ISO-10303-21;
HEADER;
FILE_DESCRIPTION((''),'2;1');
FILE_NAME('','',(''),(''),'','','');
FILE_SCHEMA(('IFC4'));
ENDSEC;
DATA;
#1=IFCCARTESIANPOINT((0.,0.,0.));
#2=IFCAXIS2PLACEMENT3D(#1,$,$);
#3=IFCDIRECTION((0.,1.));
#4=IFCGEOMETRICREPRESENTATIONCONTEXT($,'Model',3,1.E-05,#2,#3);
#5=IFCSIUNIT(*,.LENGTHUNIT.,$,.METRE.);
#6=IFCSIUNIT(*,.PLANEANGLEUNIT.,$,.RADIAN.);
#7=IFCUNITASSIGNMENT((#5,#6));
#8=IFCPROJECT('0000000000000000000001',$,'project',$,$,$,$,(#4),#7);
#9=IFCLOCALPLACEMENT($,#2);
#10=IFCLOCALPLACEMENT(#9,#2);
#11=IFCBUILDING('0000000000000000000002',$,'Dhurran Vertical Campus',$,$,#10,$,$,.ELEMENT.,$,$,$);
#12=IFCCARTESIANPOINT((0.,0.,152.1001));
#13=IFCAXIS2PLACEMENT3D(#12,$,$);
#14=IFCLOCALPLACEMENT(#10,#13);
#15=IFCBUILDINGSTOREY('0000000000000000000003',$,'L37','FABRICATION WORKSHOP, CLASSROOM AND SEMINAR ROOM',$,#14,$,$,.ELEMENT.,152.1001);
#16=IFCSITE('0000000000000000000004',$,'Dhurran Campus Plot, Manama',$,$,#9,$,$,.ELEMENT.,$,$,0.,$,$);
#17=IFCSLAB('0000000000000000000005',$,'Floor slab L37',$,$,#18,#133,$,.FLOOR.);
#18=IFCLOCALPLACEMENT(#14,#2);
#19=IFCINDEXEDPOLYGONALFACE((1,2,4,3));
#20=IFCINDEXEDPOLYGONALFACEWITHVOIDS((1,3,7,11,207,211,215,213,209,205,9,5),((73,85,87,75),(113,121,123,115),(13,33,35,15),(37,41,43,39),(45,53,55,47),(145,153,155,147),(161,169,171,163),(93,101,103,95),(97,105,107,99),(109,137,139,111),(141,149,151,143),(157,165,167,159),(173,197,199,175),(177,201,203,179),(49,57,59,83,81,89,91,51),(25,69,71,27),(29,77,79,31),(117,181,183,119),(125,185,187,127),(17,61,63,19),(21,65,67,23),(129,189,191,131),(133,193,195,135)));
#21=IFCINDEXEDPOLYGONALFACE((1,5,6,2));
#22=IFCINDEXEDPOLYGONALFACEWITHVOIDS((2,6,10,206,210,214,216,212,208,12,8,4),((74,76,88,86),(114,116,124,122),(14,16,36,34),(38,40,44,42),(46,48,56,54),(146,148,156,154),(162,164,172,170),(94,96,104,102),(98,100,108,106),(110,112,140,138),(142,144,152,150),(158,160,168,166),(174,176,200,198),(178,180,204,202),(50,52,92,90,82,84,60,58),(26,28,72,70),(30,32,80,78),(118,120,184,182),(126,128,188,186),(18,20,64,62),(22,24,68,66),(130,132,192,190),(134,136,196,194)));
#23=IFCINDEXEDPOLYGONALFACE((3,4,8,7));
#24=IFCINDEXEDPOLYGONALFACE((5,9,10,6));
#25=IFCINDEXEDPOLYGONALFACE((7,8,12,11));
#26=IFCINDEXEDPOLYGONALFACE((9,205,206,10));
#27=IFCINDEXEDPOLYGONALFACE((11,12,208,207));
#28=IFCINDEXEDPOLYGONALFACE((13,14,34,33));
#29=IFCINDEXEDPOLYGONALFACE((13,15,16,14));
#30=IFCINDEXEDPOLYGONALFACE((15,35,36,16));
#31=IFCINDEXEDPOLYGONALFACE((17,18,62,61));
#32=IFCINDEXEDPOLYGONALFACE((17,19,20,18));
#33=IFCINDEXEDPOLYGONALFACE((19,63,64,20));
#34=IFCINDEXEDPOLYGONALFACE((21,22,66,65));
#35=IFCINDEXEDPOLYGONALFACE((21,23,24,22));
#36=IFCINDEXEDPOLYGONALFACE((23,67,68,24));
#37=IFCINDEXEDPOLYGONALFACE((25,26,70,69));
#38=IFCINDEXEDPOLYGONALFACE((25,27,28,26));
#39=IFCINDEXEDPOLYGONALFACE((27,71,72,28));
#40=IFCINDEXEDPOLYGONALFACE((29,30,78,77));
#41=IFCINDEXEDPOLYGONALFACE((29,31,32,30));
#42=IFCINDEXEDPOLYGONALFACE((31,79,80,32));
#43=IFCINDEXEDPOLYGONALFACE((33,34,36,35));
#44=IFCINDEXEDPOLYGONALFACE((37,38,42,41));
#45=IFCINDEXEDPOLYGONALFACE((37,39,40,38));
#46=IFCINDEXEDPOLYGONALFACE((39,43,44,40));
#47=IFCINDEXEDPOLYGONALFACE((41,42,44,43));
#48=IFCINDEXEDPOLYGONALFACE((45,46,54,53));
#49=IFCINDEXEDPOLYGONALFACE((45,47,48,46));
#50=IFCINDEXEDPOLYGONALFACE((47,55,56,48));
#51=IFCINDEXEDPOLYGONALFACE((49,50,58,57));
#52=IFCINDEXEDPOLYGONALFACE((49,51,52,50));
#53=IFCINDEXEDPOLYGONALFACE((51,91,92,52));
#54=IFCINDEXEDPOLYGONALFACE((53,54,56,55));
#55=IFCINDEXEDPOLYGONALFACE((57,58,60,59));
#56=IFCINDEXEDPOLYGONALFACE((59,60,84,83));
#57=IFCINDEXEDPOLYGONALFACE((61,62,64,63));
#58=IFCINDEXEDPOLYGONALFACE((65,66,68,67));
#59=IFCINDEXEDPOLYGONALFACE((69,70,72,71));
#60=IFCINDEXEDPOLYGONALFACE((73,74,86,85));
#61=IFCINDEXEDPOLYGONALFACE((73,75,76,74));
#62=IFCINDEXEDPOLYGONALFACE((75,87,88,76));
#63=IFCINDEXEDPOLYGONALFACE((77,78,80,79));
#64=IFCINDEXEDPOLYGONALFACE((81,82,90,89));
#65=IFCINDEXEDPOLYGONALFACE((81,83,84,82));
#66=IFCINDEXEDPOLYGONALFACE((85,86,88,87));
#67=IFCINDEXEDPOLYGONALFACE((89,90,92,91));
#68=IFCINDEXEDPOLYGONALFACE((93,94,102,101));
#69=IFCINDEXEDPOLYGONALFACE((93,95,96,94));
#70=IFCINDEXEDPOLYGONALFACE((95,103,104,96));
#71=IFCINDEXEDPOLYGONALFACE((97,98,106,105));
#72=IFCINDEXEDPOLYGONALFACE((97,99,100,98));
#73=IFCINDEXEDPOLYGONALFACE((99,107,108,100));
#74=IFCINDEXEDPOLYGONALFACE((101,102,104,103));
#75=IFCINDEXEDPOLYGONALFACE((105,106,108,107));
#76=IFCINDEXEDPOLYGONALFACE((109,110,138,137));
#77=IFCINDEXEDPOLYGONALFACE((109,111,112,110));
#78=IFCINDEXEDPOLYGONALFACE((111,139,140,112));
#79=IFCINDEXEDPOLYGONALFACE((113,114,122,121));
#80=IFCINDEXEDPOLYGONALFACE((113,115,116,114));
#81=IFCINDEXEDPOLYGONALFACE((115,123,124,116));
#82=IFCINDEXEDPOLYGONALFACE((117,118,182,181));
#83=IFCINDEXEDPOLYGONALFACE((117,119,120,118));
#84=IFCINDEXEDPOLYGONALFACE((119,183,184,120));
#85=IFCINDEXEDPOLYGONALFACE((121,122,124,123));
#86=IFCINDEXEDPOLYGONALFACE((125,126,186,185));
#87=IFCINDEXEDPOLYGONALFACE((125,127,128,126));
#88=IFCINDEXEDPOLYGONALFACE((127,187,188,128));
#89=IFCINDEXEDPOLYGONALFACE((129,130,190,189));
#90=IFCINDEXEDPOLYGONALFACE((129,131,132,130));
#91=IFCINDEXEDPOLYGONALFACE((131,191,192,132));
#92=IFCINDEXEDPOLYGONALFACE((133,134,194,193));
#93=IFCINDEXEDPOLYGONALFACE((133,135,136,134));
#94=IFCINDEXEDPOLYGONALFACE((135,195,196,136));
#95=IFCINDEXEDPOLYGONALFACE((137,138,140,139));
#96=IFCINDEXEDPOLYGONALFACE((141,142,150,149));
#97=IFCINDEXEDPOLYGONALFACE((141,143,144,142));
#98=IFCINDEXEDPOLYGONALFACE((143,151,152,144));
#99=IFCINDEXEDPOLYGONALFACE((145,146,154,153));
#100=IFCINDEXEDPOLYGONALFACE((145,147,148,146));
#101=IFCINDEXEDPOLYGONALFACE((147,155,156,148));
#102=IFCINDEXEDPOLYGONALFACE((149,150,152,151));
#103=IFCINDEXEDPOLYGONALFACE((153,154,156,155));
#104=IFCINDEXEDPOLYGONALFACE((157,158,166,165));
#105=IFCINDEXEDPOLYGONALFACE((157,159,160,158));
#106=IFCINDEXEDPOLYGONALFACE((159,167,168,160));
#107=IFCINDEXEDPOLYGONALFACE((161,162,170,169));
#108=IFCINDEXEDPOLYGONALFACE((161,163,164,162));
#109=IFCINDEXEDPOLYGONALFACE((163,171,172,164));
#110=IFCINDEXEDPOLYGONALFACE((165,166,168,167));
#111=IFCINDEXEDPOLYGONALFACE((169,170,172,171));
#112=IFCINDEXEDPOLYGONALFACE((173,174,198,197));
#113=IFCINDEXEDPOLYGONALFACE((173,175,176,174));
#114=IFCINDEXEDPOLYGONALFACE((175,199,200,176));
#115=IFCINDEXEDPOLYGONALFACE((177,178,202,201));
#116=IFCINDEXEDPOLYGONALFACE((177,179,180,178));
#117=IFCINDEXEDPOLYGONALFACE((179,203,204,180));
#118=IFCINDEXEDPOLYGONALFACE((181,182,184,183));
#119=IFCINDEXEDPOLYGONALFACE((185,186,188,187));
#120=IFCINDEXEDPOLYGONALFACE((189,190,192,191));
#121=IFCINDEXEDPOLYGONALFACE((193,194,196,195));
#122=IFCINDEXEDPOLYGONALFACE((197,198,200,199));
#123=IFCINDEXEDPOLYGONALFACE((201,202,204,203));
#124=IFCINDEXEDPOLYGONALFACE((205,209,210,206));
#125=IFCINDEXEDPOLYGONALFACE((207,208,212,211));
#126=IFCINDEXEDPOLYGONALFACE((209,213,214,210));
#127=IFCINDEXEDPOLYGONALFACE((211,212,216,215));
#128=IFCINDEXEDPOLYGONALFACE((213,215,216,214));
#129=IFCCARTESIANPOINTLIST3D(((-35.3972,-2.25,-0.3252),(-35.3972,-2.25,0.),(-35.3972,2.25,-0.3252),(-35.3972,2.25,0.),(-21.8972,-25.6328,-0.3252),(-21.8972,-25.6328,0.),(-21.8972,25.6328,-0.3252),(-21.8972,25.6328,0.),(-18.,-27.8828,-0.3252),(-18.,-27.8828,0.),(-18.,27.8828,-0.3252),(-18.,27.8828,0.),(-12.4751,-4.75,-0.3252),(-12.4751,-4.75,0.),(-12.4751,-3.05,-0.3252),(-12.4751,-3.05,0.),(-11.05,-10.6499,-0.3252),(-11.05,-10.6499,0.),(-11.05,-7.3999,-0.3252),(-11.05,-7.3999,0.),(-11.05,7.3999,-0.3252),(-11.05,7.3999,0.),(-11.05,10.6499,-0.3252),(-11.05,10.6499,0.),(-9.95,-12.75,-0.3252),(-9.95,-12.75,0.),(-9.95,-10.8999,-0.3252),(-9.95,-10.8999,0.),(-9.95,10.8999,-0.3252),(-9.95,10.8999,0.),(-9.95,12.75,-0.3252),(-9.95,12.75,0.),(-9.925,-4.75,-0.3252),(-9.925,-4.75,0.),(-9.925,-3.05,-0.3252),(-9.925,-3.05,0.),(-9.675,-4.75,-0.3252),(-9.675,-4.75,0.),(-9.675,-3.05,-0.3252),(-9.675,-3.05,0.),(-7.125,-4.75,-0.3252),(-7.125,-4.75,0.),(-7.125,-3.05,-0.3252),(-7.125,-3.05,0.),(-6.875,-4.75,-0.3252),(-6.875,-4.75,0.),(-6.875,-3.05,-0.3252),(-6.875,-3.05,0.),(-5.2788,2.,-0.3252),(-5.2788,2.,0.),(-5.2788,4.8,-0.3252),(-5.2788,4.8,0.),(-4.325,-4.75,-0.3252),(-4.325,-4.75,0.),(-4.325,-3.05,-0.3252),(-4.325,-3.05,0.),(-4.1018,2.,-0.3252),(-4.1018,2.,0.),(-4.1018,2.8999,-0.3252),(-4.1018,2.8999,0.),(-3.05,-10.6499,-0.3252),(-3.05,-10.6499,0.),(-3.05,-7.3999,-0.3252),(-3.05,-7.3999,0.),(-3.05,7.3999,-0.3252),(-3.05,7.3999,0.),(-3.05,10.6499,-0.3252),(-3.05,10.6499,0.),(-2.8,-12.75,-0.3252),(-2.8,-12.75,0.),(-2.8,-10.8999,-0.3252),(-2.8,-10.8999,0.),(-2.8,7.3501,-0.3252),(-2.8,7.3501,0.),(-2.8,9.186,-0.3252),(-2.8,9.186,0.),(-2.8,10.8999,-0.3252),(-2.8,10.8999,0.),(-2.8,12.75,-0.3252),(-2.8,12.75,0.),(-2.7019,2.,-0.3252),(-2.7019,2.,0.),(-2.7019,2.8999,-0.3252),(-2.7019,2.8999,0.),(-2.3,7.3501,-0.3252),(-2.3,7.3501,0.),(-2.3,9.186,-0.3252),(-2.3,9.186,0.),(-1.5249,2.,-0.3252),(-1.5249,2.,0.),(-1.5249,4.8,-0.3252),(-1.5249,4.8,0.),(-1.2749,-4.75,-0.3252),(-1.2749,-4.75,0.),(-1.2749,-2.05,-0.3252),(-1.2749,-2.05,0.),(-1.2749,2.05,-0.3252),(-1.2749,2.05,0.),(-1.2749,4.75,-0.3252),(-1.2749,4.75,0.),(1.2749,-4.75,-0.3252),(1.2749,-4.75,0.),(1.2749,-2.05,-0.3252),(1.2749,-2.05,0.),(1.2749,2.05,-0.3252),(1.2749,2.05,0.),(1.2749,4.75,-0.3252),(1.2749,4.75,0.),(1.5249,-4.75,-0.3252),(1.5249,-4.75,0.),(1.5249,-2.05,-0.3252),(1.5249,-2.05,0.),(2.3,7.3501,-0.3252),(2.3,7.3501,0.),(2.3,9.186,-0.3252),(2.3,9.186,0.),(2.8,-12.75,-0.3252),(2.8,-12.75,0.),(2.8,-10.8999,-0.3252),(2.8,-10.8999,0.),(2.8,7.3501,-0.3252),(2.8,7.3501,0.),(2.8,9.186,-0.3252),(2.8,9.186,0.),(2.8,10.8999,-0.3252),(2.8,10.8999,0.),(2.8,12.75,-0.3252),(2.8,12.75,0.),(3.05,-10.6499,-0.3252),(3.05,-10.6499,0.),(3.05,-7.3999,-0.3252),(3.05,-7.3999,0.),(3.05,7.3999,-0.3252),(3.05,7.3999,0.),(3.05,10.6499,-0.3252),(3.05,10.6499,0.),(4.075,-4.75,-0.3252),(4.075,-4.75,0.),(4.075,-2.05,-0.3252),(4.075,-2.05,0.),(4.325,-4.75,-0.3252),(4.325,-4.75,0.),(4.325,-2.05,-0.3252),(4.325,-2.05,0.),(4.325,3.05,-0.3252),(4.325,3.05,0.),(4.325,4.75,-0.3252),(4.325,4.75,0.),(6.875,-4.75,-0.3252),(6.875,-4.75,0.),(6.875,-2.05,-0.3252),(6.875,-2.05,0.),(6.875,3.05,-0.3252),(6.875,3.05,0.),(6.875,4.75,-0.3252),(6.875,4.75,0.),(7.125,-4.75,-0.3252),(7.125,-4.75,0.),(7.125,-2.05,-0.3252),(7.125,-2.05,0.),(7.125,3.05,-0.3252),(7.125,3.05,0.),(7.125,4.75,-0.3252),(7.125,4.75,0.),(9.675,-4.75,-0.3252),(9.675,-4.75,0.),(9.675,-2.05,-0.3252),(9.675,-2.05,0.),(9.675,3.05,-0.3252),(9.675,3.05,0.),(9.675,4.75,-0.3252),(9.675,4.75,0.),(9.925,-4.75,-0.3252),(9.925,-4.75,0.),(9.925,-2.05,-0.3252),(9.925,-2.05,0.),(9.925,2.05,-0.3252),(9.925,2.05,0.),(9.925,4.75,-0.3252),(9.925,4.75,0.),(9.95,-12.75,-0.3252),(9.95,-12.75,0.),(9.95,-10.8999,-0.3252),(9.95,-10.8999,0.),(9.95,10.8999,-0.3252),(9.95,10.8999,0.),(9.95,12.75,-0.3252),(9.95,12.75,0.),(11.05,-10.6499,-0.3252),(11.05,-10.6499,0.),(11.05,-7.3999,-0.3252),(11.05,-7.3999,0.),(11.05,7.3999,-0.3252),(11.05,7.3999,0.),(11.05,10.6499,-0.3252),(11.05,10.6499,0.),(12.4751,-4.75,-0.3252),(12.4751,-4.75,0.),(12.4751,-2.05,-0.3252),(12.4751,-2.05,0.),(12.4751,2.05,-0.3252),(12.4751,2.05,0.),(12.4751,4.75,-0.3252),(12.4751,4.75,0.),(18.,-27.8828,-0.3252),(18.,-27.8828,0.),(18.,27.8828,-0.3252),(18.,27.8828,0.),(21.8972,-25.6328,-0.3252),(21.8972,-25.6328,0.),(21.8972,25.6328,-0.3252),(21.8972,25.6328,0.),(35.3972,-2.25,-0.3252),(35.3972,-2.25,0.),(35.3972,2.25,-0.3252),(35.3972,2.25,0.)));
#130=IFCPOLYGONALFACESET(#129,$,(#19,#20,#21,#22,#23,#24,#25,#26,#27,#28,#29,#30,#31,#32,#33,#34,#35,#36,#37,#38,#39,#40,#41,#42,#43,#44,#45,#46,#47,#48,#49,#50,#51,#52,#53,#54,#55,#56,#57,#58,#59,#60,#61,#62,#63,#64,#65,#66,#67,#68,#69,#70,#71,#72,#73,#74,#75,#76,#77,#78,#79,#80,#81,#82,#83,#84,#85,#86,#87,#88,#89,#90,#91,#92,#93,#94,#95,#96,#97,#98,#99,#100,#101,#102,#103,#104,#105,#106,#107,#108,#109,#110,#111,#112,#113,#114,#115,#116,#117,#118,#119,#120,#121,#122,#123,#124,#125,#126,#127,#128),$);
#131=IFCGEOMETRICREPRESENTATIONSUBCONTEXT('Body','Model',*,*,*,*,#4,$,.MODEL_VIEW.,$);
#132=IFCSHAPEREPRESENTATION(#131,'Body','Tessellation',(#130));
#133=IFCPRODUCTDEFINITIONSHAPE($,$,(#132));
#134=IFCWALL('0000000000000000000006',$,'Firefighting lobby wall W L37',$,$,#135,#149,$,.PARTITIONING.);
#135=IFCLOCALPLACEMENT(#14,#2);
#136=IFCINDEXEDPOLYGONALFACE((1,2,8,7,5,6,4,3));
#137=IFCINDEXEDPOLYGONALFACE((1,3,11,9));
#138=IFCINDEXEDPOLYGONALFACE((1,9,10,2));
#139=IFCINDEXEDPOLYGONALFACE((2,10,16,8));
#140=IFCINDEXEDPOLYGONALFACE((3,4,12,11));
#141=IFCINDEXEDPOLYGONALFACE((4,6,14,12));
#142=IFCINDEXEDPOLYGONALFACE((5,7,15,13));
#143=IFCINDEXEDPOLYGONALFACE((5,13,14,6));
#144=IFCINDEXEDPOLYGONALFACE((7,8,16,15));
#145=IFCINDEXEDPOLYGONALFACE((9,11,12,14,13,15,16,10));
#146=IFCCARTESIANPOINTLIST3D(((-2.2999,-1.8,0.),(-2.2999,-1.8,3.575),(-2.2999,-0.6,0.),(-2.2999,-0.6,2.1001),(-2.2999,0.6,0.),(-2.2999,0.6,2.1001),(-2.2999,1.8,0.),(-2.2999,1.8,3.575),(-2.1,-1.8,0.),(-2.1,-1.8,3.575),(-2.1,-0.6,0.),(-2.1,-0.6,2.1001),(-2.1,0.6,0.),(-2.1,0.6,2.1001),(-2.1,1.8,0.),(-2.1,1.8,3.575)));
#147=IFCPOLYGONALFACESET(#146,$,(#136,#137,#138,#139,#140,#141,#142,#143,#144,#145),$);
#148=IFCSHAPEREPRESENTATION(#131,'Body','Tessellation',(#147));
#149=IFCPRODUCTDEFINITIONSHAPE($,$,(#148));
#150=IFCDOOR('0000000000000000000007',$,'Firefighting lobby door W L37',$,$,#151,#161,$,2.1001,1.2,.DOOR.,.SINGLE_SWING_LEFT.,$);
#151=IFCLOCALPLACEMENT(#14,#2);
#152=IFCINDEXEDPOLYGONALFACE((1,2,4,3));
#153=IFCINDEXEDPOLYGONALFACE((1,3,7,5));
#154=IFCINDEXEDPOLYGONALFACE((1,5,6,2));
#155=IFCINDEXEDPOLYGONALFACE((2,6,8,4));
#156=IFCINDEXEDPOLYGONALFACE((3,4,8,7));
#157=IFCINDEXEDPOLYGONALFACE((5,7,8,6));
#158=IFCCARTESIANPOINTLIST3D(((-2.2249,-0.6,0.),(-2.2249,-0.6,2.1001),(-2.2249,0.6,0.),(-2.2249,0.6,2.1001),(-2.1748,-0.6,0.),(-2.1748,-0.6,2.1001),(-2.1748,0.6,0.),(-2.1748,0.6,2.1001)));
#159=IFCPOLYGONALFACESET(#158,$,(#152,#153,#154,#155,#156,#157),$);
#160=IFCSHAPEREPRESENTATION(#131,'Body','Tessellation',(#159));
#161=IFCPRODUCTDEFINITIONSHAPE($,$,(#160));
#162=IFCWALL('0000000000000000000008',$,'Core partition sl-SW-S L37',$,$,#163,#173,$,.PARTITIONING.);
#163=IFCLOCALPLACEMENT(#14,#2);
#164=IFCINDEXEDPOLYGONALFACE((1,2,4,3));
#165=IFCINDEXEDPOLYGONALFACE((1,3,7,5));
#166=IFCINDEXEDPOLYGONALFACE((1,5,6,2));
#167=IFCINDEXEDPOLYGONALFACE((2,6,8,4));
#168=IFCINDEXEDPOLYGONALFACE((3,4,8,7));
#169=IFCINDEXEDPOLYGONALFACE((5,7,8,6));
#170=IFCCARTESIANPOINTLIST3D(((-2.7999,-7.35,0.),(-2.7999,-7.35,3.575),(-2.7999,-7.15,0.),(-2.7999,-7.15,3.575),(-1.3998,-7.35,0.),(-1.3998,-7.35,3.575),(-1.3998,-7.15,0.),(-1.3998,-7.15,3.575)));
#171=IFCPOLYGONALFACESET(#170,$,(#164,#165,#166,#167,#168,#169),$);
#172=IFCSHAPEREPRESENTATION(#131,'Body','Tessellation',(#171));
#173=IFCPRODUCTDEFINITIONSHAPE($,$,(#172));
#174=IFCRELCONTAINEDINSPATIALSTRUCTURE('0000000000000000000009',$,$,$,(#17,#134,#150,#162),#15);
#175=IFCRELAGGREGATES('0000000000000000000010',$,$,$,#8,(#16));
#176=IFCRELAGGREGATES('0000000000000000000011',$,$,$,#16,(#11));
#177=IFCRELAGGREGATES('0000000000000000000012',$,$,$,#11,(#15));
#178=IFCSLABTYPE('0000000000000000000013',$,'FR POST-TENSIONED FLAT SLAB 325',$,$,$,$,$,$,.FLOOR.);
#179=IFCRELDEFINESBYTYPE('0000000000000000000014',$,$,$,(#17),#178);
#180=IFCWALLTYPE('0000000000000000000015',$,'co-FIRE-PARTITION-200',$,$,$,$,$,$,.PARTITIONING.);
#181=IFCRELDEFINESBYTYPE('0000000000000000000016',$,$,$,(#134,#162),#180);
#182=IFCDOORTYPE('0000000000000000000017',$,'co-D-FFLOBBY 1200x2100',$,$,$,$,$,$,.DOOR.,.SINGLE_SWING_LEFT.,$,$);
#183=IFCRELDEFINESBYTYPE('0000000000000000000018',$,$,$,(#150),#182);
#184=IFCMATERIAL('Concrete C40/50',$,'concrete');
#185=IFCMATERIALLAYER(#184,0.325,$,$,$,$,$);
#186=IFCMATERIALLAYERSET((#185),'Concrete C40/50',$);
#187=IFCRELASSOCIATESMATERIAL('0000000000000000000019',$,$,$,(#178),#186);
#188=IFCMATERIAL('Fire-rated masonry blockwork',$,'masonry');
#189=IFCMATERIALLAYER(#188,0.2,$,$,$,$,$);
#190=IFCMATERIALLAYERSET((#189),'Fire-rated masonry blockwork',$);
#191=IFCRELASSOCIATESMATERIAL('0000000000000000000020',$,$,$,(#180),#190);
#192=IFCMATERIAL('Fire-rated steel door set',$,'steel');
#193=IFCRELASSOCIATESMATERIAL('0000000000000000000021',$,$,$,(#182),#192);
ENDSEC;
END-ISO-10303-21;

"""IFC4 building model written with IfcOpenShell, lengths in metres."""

from ifc_helpers import new_model, si_unit, direction, frame, frame_2d, origin, place, context, subcontext, project, spatial, polyline, rectangle, outline, extrude, material, layer, layer_set, type_object, element, fill, save


model = new_model("IFC4")

# Units and contexts
model_context = context("Model", 3, precision=1e-05, world=origin(), true_north=direction((0.0, 1.0)))
body_context = subcontext(model_context, "Body", "Model", "MODEL_VIEW")
ifc_project = project(units=[si_unit("LENGTHUNIT", "METRE"), si_unit("PLANEANGLEUNIT", "RADIAN")], contexts=[model_context])

# Site, building, storey
site_placement = place(None, origin())
site = spatial("IfcSite", under=ifc_project, at=site_placement, Name="Dhurran Campus Plot, Manama", CompositionType="ELEMENT", RefElevation=0.0)
building_placement = place(site_placement, origin())
building = spatial("IfcBuilding", under=site, at=building_placement, Name="Dhurran Vertical Campus", CompositionType="ELEMENT")
storey_placement = place(building_placement, frame((0.0, 0.0, 152.1001)))
storey = spatial("IfcBuildingStorey", under=building, at=storey_placement, Name="L37", Description="FABRICATION WORKSHOP, CLASSROOM AND SEMINAR ROOM", CompositionType="ELEMENT", Elevation=152.1001)

# Slab
ifc_material_1 = material(Name="Concrete C40/50", Category="concrete")
ifc_layer_1 = layer(ifc_material_1, 0.325)
ifc_layer_set_1 = layer_set([ifc_layer_1], Name="Concrete C40/50")
slab_type = type_object("IfcSlabType", Name="FR POST-TENSIONED FLAT SLAB 325", PredefinedType="FLOOR", material=ifc_layer_set_1)
slab_placement = place(storey_placement, frame((0.0, 0.0, -0.3252)))
element("IfcSlab", 1, at=slab_placement, inside=storey, type_object=slab_type, Name="Floor slab L37", PredefinedType="FLOOR", context=body_context, shape_type="SweptSolid", body=[
    extrude(outline(polyline([(-18.0, -27.8828), (18.0, -27.8828), (21.8972, -25.6328), (35.3972, -2.25), (35.3972, 2.25), (21.8972, 25.6328), (18.0, 27.8828), (-18.0, 27.8828), (-21.8972, 25.6328), (-35.3972, 2.25), (-35.3972, -2.25), (-21.8972, -25.6328), (-18.0, -27.8828)]), holes=[polyline([(-1.2749, 2.05), (1.2749, 2.05), (1.2749, 4.75), (-1.2749, 4.75), (-1.2749, 2.05)]), polyline([(9.925, 2.05), (12.4751, 2.05), (12.4751, 4.75), (9.925, 4.75), (9.925, 2.05)]), polyline([(-1.2749, -4.75), (1.2749, -4.75), (1.2749, -2.05), (-1.2749, -2.05), (-1.2749, -4.75)]), polyline([(1.5249, -4.75), (4.075, -4.75), (4.075, -2.05), (1.5249, -2.05), (1.5249, -4.75)]), polyline([(4.325, -4.75), (6.875, -4.75), (6.875, -2.05), (4.325, -2.05), (4.325, -4.75)]), polyline([(7.125, -4.75), (9.675, -4.75), (9.675, -2.05), (7.125, -2.05), (7.125, -4.75)]), polyline([(9.925, -4.75), (12.4751, -4.75), (12.4751, -2.05), (9.925, -2.05), (9.925, -4.75)]), polyline([(4.325, 3.05), (6.875, 3.05), (6.875, 4.75), (4.325, 4.75), (4.325, 3.05)]), polyline([(7.125, 3.05), (9.675, 3.05), (9.675, 4.75), (7.125, 4.75), (7.125, 3.05)]), polyline([(-12.4751, -4.75), (-9.925, -4.75), (-9.925, -3.05), (-12.4751, -3.05), (-12.4751, -4.75)]), polyline([(-9.675, -4.75), (-7.125, -4.75), (-7.125, -3.05), (-9.675, -3.05), (-9.675, -4.75)]), polyline([(-6.875, -4.75), (-4.325, -4.75), (-4.325, -3.05), (-6.875, -3.05), (-6.875, -4.75)]), polyline([(-11.05, 7.3999), (-3.05, 7.3999), (-3.05, 10.6499), (-11.05, 10.6499), (-11.05, 7.3999)]), polyline([(3.05, 7.3999), (11.05, 7.3999), (11.05, 10.6499), (3.05, 10.6499), (3.05, 7.3999)]), polyline([(-11.05, -10.6499), (-3.05, -10.6499), (-3.05, -7.3999), (-11.05, -7.3999), (-11.05, -10.6499)]), polyline([(3.05, -10.6499), (11.05, -10.6499), (11.05, -7.3999), (3.05, -7.3999), (3.05, -10.6499)]), polyline([(-9.95, 10.8999), (-9.95, 12.75), (-2.8, 12.75), (-2.8, 10.8999), (-9.95, 10.8999)]), polyline([(9.95, 12.75), (9.95, 10.8999), (2.8, 10.8999), (2.8, 12.75), (9.95, 12.75)]), polyline([(-9.95, -12.75), (-9.95, -10.8999), (-2.8, -10.8999), (-2.8, -12.75), (-9.95, -12.75)]), polyline([(9.95, -10.8999), (9.95, -12.75), (2.8, -12.75), (2.8, -10.8999), (9.95, -10.8999)]), polyline([(-2.3, 9.186), (-2.3, 7.3501), (-2.8, 7.3501), (-2.8, 9.186), (-2.3, 9.186)]), polyline([(2.3, 7.3501), (2.3, 9.186), (2.8, 9.186), (2.8, 7.3501), (2.3, 7.3501)]), polyline([(-1.5249, 4.8), (-1.5249, 2.0), (-2.7019, 2.0), (-2.7019, 2.8999), (-4.1018, 2.8999), (-4.1018, 2.0), (-5.2788, 2.0), (-5.2788, 4.8), (-1.5249, 4.8)])]), origin(), (0.0, 0.0, 1.0), 0.3252),
])

# Wall, opening, door
ifc_material_2 = material(Name="Fire-rated masonry blockwork", Category="masonry")
ifc_layer_2 = layer(ifc_material_2, 0.2)
ifc_layer_set_2 = layer_set([ifc_layer_2], Name="Fire-rated masonry blockwork")
wall_type_1 = type_object("IfcWallType", Name="co-FIRE-PARTITION-200", PredefinedType="PARTITIONING", material=ifc_layer_set_2)
wall_1_placement = place(storey_placement, frame((-2.2, -1.8, 0.0), z_axis=(0.0, 0.0, 1.0), x_axis=(0.0, 1.0, 0.0)))
wall_1 = element("IfcWall", 2, at=wall_1_placement, inside=storey, type_object=wall_type_1, Name="Firefighting lobby wall W L37", PredefinedType="PARTITIONING", context=body_context, shape_type="SweptSolid", body=[
    extrude(rectangle(XDim=3.6001, YDim=0.2, at=frame_2d((1.8, 0.0))), origin(), (0.0, 0.0, 1.0), 3.575),
])
opening_1_placement = place(wall_1_placement, frame((1.2, 0.0, 0.0)))
opening_1 = element("IfcOpeningElement", 3, at=opening_1_placement, cuts=wall_1, PredefinedType="OPENING", context=body_context, shape_type="SweptSolid", body=[
    extrude(rectangle(XDim=1.2, YDim=2.1001, at=frame_2d((0.6001, 1.05))), frame((0.0, 0.1099, 0.0), z_axis=(0.0, -1.0, 0.0), x_axis=(1.0, 0.0, 0.0)), (0.0, 0.0, 1.0), 0.22),
])
ifc_material_3 = material(Name="Fire-rated steel door set", Category="steel")
door_type_1 = type_object("IfcDoorType", Name="co-D-FFLOBBY 1200x2100", OperationType="SINGLE_SWING_LEFT", PredefinedType="DOOR", material=ifc_material_3)
door_1_placement = place(opening_1_placement, origin())
door_1 = element("IfcDoor", 4, at=door_1_placement, inside=storey, type_object=door_type_1, Name="Firefighting lobby door W L37", OperationType="SINGLE_SWING_LEFT", OverallHeight=2.1001, OverallWidth=1.2, PredefinedType="DOOR", context=body_context, shape_type="SweptSolid", body=[
    extrude(rectangle(XDim=1.2, YDim=2.1001, at=frame_2d((0.6001, 1.05))), frame((0.0, 0.0249, 0.0), z_axis=(0.0, -1.0, 0.0), x_axis=(1.0, 0.0, 0.0)), (0.0, 0.0, 1.0), 0.05),
])
fill(opening_1, door_1)

# Wall
wall_2_placement = place(storey_placement, frame((-2.8, -7.25, 0.0), z_axis=(0.0, 0.0, 1.0), x_axis=(1.0, 0.0, 0.0)))
element("IfcWall", 5, at=wall_2_placement, inside=storey, type_object=wall_type_1, Name="Core partition sl-SW-S L37", PredefinedType="PARTITIONING", context=body_context, shape_type="SweptSolid", body=[
    extrude(rectangle(XDim=1.4001, YDim=0.2, at=frame_2d((0.7002, 0.0))), origin(), (0.0, 0.0, 1.0), 3.575),
])

save(model, "model.ifc")
